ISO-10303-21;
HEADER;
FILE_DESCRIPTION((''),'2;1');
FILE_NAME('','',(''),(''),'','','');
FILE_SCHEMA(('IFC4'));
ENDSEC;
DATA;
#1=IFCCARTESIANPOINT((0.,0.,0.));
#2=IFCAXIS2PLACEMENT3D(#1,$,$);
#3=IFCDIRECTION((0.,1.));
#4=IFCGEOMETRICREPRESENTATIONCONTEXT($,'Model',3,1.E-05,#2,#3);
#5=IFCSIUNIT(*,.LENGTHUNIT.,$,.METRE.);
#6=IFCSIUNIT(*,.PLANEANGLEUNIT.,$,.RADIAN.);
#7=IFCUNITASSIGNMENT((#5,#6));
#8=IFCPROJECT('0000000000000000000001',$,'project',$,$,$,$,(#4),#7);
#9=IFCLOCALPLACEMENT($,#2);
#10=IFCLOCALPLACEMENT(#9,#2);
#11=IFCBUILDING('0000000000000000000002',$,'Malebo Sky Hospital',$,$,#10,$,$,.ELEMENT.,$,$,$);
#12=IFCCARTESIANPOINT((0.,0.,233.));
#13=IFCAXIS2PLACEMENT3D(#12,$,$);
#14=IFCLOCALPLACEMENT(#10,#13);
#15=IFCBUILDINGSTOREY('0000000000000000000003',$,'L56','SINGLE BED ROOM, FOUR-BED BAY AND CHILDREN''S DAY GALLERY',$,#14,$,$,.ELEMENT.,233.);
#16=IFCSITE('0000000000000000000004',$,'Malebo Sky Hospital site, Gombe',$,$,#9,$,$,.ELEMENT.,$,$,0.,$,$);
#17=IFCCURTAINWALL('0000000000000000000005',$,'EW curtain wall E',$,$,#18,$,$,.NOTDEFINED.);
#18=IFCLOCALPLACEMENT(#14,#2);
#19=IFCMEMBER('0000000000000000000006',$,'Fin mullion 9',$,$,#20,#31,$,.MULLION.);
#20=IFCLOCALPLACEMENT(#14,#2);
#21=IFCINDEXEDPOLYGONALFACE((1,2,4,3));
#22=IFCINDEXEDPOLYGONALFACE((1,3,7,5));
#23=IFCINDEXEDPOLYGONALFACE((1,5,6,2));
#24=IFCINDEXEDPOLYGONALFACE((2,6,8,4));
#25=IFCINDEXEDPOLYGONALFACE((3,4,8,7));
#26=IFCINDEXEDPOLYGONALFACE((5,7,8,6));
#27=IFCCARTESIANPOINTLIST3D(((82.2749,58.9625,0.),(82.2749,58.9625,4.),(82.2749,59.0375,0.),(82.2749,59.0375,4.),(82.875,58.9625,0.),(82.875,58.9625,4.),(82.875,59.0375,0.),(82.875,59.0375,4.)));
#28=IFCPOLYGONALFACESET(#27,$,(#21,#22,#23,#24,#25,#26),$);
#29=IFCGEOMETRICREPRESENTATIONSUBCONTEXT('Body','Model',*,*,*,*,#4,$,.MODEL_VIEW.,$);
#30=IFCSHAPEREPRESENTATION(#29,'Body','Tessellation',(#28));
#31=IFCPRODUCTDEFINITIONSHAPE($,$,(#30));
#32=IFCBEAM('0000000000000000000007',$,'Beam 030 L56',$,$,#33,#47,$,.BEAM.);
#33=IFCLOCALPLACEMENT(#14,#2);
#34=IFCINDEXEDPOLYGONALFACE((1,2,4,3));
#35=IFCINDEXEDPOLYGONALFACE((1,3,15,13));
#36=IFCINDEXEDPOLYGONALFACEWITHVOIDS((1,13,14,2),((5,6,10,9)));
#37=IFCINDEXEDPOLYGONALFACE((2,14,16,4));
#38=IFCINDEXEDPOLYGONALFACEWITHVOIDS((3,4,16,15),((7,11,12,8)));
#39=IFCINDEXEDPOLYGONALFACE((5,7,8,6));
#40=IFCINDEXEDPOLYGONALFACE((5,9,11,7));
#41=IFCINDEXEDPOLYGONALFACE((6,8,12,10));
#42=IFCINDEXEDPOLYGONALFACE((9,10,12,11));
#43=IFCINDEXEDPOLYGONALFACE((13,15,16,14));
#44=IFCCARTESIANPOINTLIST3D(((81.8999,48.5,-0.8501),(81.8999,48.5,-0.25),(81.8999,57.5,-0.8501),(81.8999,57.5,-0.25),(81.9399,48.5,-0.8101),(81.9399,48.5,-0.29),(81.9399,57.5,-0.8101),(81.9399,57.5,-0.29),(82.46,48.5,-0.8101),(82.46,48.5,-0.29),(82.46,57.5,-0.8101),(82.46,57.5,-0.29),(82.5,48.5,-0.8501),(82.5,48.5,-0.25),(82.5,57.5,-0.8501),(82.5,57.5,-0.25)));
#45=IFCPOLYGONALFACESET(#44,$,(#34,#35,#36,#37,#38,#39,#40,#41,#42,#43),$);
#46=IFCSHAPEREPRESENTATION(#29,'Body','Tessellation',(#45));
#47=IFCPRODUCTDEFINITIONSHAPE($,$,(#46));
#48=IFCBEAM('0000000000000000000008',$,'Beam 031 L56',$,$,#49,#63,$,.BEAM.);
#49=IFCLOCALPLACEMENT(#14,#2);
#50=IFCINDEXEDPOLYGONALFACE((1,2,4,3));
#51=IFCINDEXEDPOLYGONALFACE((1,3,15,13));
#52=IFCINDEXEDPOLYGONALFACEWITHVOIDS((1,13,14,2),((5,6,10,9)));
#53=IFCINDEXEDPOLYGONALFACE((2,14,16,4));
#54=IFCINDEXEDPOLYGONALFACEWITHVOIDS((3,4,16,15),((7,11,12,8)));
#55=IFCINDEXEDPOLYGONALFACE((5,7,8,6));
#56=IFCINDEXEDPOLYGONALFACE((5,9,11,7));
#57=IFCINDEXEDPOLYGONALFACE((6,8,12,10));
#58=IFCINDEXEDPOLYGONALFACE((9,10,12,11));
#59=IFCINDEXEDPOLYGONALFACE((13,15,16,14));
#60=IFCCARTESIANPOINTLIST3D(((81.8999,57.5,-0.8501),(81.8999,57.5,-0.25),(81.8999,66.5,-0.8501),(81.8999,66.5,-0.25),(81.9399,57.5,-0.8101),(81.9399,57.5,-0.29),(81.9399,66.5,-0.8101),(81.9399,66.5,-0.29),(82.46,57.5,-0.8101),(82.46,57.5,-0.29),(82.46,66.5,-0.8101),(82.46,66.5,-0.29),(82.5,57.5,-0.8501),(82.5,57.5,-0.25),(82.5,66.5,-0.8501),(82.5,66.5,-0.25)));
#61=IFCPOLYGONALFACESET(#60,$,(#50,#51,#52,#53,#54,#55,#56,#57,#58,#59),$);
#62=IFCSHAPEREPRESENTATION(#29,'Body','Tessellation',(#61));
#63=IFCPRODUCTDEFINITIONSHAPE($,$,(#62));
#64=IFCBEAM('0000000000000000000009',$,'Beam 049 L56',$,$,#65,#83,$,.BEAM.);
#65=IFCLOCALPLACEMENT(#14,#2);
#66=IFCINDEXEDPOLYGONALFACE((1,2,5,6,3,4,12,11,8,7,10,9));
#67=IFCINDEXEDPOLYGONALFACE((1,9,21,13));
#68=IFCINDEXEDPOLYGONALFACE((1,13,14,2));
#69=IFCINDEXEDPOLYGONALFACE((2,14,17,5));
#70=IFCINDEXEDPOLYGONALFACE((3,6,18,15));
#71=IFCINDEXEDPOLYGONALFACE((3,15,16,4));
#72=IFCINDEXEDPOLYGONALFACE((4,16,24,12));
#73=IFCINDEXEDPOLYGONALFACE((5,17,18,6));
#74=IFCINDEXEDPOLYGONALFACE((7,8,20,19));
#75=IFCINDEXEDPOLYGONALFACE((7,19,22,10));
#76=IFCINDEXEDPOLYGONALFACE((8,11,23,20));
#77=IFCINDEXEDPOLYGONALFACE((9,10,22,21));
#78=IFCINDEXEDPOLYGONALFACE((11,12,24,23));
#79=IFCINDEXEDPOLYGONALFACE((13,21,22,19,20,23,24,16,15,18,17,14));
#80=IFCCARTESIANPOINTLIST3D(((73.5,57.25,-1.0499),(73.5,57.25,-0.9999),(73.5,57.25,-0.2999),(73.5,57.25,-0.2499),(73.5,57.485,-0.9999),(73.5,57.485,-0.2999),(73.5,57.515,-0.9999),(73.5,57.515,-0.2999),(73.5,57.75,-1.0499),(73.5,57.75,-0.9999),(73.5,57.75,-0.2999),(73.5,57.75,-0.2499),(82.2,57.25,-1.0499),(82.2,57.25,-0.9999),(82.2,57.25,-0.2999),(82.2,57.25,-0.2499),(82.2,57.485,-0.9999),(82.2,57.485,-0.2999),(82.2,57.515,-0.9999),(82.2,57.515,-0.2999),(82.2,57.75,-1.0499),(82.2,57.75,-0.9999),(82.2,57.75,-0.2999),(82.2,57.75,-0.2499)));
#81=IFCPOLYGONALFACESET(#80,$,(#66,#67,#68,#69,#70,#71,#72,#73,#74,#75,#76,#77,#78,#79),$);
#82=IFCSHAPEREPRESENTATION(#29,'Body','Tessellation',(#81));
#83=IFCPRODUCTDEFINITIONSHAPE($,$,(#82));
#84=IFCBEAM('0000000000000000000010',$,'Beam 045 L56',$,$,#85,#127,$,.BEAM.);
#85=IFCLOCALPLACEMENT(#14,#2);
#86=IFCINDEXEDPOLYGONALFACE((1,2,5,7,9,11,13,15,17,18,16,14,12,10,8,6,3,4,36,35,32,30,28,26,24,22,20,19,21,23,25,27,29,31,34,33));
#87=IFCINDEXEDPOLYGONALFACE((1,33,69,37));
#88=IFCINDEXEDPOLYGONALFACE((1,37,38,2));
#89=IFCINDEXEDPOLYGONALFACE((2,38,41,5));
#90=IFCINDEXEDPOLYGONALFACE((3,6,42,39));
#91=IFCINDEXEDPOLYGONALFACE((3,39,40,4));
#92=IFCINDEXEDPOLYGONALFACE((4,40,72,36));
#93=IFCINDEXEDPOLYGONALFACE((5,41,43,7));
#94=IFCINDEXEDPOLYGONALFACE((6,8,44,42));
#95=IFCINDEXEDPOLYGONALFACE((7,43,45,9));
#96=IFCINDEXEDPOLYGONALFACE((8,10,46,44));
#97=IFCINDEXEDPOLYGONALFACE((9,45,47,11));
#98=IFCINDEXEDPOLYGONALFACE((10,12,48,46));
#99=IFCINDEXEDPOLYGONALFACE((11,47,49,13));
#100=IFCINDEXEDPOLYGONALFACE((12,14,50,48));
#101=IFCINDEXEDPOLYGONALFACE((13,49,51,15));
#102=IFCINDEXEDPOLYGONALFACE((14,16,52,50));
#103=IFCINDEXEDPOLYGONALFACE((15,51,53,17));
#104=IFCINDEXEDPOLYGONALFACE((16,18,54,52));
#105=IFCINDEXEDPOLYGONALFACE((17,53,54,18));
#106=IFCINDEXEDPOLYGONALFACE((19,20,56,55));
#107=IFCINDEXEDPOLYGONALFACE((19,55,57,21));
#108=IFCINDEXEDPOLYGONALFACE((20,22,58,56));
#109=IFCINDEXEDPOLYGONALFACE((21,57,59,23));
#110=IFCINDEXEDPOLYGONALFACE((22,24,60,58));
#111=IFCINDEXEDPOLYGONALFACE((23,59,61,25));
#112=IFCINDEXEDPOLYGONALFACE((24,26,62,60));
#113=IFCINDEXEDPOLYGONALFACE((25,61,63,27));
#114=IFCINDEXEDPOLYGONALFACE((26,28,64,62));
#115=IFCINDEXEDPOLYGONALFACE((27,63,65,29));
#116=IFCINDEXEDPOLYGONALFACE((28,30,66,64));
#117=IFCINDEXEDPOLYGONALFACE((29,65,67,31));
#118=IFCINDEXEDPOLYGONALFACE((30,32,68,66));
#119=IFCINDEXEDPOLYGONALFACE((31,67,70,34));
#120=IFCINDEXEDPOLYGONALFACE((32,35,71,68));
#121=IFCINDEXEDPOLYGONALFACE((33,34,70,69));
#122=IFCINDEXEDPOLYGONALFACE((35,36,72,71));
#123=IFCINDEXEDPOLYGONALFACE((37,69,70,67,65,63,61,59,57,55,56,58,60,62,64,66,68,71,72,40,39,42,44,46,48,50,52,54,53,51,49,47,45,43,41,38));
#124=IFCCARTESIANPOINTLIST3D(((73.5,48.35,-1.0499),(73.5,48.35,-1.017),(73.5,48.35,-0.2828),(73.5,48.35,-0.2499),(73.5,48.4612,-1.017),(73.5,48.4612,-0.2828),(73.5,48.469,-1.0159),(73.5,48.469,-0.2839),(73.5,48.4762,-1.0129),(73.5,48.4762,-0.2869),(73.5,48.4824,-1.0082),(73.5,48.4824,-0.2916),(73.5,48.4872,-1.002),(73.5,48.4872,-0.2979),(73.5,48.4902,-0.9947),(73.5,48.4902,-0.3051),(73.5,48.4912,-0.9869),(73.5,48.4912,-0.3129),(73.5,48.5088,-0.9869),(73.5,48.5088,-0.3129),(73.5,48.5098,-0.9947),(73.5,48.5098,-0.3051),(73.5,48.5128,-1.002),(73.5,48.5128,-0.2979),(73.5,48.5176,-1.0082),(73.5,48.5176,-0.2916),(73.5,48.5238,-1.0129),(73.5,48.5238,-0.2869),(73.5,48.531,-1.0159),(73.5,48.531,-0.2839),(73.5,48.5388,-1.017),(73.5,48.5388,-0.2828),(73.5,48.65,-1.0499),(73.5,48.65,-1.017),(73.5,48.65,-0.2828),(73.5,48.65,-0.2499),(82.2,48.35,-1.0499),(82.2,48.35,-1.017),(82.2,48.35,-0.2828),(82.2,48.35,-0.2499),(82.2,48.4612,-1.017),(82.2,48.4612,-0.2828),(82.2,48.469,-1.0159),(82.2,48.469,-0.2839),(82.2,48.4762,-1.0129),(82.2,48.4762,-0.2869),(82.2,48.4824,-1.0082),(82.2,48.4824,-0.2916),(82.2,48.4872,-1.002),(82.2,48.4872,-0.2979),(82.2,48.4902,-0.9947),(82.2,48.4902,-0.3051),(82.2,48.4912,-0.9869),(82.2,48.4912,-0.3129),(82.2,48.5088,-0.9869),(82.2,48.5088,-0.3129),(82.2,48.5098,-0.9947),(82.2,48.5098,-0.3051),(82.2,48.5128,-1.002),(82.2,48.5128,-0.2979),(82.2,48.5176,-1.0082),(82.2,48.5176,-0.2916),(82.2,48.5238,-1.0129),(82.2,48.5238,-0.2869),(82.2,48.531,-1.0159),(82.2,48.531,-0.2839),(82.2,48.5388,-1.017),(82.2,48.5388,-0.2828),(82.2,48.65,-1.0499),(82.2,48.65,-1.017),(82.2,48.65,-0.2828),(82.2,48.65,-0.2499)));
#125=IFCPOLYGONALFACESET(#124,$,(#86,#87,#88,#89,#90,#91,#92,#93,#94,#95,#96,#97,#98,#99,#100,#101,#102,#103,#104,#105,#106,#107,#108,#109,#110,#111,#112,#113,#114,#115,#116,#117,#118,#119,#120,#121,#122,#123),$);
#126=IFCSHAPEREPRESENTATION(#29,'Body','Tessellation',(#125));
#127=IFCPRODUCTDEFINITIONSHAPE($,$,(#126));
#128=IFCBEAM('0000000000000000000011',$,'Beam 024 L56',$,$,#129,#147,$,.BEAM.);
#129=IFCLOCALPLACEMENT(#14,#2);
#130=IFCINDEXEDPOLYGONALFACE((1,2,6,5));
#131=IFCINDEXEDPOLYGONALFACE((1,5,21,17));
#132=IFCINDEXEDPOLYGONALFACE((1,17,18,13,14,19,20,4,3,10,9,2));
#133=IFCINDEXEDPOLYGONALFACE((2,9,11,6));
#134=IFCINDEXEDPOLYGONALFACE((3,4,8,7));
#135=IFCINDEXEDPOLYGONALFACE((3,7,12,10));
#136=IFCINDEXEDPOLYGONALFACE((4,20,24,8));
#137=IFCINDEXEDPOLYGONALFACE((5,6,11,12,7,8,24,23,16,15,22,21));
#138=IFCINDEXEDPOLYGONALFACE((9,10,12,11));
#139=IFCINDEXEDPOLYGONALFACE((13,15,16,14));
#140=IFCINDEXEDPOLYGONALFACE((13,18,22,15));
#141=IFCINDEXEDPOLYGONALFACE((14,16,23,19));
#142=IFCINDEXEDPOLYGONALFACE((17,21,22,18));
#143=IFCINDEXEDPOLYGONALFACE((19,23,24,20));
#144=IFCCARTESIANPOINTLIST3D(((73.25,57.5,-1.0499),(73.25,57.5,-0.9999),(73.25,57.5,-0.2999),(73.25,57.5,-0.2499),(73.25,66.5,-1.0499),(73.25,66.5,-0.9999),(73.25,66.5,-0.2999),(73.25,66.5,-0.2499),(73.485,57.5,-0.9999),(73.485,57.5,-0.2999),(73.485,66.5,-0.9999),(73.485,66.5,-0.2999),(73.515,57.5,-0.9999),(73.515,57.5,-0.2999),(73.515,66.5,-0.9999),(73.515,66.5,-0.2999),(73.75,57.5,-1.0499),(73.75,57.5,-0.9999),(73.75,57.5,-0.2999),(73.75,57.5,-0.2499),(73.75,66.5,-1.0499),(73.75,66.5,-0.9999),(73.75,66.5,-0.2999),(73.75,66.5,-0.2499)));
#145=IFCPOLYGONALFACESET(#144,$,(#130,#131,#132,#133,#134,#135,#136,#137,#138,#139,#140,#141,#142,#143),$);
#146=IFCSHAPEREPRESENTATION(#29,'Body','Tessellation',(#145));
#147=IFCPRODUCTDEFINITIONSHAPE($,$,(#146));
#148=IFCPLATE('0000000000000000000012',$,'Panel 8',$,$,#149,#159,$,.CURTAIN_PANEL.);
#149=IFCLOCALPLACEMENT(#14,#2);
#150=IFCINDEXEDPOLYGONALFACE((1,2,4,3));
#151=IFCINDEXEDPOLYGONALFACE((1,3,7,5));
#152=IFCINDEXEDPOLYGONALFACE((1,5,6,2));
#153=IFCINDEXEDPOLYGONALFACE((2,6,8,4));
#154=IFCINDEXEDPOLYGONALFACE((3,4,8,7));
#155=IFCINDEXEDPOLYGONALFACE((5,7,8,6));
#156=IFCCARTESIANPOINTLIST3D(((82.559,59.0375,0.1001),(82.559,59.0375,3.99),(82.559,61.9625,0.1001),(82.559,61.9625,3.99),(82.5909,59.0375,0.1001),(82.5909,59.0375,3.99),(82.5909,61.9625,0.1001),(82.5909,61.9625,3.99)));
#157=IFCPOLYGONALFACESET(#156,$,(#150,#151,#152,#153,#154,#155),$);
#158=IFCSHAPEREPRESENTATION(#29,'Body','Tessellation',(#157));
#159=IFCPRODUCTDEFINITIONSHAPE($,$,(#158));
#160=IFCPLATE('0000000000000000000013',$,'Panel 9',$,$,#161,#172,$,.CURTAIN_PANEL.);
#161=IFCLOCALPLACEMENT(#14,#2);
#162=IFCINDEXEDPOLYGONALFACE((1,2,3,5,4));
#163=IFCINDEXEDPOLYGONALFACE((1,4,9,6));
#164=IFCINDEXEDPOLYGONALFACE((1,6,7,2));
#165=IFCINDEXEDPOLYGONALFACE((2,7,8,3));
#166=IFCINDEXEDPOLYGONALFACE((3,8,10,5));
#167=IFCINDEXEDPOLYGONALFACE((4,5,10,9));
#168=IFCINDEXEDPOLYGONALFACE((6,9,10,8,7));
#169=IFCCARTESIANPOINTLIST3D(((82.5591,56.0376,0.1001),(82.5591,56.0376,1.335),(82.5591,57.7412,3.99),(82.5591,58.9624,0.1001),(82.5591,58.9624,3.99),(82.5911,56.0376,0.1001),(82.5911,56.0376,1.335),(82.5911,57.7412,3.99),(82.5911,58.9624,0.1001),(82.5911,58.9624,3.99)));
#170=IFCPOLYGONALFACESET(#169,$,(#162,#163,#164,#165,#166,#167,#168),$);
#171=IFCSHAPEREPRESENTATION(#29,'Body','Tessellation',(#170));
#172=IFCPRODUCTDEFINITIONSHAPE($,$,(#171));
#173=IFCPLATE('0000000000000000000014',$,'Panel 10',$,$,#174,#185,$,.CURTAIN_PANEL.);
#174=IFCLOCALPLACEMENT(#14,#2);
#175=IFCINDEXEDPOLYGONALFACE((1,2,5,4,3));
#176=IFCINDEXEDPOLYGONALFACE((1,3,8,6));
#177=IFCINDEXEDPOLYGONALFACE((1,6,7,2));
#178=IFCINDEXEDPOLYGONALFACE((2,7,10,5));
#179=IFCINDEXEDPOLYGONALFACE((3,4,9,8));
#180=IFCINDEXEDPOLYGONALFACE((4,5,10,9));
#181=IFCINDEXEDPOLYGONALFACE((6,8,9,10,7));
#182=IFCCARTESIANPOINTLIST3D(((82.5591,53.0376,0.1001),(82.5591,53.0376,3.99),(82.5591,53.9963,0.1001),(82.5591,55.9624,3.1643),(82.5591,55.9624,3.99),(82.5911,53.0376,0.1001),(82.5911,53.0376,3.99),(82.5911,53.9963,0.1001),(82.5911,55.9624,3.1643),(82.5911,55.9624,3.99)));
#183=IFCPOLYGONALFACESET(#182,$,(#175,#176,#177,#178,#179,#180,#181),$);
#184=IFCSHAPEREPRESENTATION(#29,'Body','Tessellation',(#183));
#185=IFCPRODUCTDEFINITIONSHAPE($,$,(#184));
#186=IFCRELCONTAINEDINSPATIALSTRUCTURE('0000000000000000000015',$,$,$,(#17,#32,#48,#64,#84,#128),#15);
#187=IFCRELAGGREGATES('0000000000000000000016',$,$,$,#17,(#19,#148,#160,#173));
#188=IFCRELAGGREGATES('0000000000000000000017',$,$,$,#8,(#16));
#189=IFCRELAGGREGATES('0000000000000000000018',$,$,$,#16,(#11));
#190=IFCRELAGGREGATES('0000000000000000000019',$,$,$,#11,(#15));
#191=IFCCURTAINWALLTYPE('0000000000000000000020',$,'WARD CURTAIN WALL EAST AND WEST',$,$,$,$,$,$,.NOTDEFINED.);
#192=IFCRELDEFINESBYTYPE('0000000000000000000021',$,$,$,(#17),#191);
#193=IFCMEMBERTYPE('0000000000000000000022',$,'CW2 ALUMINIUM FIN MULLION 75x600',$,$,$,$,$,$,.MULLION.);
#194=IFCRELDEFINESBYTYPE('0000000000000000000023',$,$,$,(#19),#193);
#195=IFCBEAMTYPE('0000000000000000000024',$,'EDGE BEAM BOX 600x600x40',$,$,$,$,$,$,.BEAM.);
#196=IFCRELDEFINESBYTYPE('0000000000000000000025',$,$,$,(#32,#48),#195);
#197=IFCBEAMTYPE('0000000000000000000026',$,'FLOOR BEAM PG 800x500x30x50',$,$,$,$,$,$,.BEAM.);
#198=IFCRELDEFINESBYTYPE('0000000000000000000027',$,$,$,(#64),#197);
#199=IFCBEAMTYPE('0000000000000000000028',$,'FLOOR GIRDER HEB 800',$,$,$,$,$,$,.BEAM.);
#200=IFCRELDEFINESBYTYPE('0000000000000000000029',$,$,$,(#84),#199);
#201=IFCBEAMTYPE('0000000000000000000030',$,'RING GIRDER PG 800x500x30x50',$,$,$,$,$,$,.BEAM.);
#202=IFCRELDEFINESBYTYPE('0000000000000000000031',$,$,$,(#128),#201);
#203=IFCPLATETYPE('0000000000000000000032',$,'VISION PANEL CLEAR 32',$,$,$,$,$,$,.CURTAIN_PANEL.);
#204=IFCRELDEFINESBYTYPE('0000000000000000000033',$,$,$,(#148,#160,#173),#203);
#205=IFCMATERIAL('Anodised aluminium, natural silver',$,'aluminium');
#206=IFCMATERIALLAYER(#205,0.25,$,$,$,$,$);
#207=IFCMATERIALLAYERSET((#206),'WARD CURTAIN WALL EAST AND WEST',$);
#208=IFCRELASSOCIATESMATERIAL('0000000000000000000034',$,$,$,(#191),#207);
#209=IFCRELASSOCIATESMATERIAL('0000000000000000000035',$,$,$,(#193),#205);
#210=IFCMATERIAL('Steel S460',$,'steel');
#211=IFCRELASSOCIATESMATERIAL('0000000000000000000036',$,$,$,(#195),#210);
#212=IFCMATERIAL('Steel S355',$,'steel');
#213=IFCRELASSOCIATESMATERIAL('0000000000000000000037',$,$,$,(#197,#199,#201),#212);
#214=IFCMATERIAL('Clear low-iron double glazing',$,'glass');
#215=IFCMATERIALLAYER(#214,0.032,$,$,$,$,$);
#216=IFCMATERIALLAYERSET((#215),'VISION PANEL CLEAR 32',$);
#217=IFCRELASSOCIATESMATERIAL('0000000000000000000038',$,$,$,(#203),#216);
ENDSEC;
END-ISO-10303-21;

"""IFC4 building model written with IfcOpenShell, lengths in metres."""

from ifc_helpers import new_model, si_unit, direction, frame, origin, origin_2d, place, context, subcontext, project, spatial, polyline, rectangle, hollow_rectangle, i_section, outline, extrude, material, layer, layer_set, material_profile, profile_set, type_object, element, aggregate, save


model = new_model("IFC4")

# Units and contexts
model_context = context("Model", 3, precision=1e-05, world=origin(), true_north=direction((0.0, 1.0)))
body_context = subcontext(model_context, "Body", "Model", "MODEL_VIEW")
ifc_project = project(units=[si_unit("LENGTHUNIT", "METRE"), si_unit("PLANEANGLEUNIT", "RADIAN")], contexts=[model_context])

# Site, building, storey
site_placement = place(None, origin())
site = spatial("IfcSite", under=ifc_project, at=site_placement, Name="Malebo Sky Hospital site, Gombe", CompositionType="ELEMENT", RefElevation=0.0)
building_placement = place(site_placement, origin())
building = spatial("IfcBuilding", under=site, at=building_placement, Name="Malebo Sky Hospital", CompositionType="ELEMENT")
storey_placement = place(building_placement, frame((0.0, 0.0, 233.0)))
storey = spatial("IfcBuildingStorey", under=building, at=storey_placement, Name="L56", Description="SINGLE BED ROOM, FOUR-BED BAY AND CHILDREN'S DAY GALLERY", CompositionType="ELEMENT", Elevation=233.0)

# Shared definitions
ifc_material_1 = material(Name="Steel S460", Category="steel")

# Curtain wall
ifc_material_2 = material(Name="Anodised aluminium, natural silver", Category="aluminium")
ifc_layer_1 = layer(ifc_material_2, 0.25)
ifc_layer_set_1 = layer_set([ifc_layer_1], Name="WARD CURTAIN WALL EAST AND WEST")
curtain_wall_type = type_object("IfcCurtainWallType", Name="WARD CURTAIN WALL EAST AND WEST", PredefinedType="NOTDEFINED", material=ifc_layer_set_1)
curtain_wall_placement = place(storey_placement, origin())
curtain_wall = element("IfcCurtainWall", 1, at=curtain_wall_placement, inside=storey, type_object=curtain_wall_type, Name="EW curtain wall E", PredefinedType="NOTDEFINED")

# Member
ifc_material_3 = material(Name="Steel S355", Category="steel")
ifc_material_profile_1 = material_profile(ifc_material_2, rectangle(XDim=0.075, YDim=0.6001, at=origin_2d()), Name="CW2 ALUMINIUM FIN MULLION 75x600")
ifc_profile_set_1 = profile_set([ifc_material_profile_1], Name="Anodised aluminium, natural silver")
member_type_1 = type_object("IfcMemberType", Name="CW2 ALUMINIUM FIN MULLION 75x600", PredefinedType="MULLION", material=ifc_profile_set_1)
member_1_placement = place(storey_placement, frame((82.575, 59.0, 0.0), z_axis=(0.0, 0.0, 1.0), x_axis=(0.0, -1.0, 0.0)))
member_1 = element("IfcMember", 2, at=member_1_placement, type_object=member_type_1, Name="Fin mullion 9", PredefinedType="MULLION", context=body_context, shape_type="SweptSolid", body=[
    extrude(rectangle(XDim=0.075, YDim=0.6001, at=origin_2d()), origin(), (0.0, 0.0, 1.0), 4.0),
])

# Beams
ifc_material_profile_2 = material_profile(ifc_material_1, hollow_rectangle(XDim=0.6001, YDim=0.6001, WallThickness=0.04, at=origin_2d()), Name="BOX 600x600x40")
ifc_profile_set_2 = profile_set([ifc_material_profile_2], Name="Steel S460")
beam_type_1 = type_object("IfcBeamType", Name="EDGE BEAM BOX 600x600x40", PredefinedType="BEAM", material=ifc_profile_set_2)
for number, where, z_axis, x_axis, name in (
    (3, (82.2, 48.5, -0.55), (0.0, 1.0, 0.0), (-1.0, 0.0, 0.0), "Beam 030 L56"),
    (4, (82.2, 57.5, -0.55), (0.0, 1.0, 0.0), (-1.0, 0.0, 0.0), "Beam 031 L56"),
):
    element("IfcBeam", number, at=place(storey_placement, frame(where, z_axis=z_axis, x_axis=x_axis)), inside=storey, type_object=beam_type_1, Name=name, PredefinedType="BEAM", context=body_context, shape_type="SweptSolid", body=[
        extrude(hollow_rectangle(XDim=0.6001, YDim=0.6001, WallThickness=0.04, at=origin_2d()), origin(), (0.0, 0.0, 1.0), 9.0),
    ])
ifc_material_profile_3 = material_profile(ifc_material_3, i_section(OverallWidth=0.5, OverallDepth=0.8, WebThickness=0.03, FlangeThickness=0.05, at=origin_2d()), Name="PG 800x500x30x50")
ifc_profile_set_3 = profile_set([ifc_material_profile_3], Name="Steel S355")
beam_type_2 = type_object("IfcBeamType", Name="FLOOR BEAM PG 800x500x30x50", PredefinedType="BEAM", material=ifc_profile_set_3)
beam_1_placement = place(storey_placement, frame((73.5, 57.5, -0.6499), z_axis=(1.0, 0.0, 0.0), x_axis=(0.0, 1.0, 0.0)))
element("IfcBeam", 5, at=beam_1_placement, inside=storey, type_object=beam_type_2, Name="Beam 049 L56", PredefinedType="BEAM", context=body_context, shape_type="SweptSolid", body=[
    extrude(i_section(OverallWidth=0.5, OverallDepth=0.8, WebThickness=0.03, FlangeThickness=0.05, at=origin_2d()), origin(), (0.0, 0.0, 1.0), 8.7),
])
ifc_material_profile_4 = material_profile(ifc_material_3, i_section(OverallWidth=0.3, OverallDepth=0.8, WebThickness=0.0176, FlangeThickness=0.033, FilletRadius=0.03, at=origin_2d()), Name="HEB 800")
ifc_profile_set_4 = profile_set([ifc_material_profile_4], Name="Steel S355")
beam_type_3 = type_object("IfcBeamType", Name="FLOOR GIRDER HEB 800", PredefinedType="BEAM", material=ifc_profile_set_4)
beam_2_placement = place(storey_placement, frame((73.5, 48.5, -0.6499), z_axis=(1.0, 0.0, 0.0), x_axis=(0.0, 1.0, 0.0)))
element("IfcBeam", 6, at=beam_2_placement, inside=storey, type_object=beam_type_3, Name="Beam 045 L56", PredefinedType="BEAM", context=body_context, shape_type="SweptSolid", body=[
    extrude(i_section(OverallWidth=0.3, OverallDepth=0.8, WebThickness=0.0176, FlangeThickness=0.033, FilletRadius=0.03, at=origin_2d()), origin(), (0.0, 0.0, 1.0), 8.7),
])
ifc_material_profile_5 = material_profile(ifc_material_3, i_section(OverallWidth=0.5, OverallDepth=0.8, WebThickness=0.03, FlangeThickness=0.05, at=origin_2d()), Name="PG 800x500x30x50")
ifc_profile_set_5 = profile_set([ifc_material_profile_5], Name="Steel S355")
beam_type_4 = type_object("IfcBeamType", Name="RING GIRDER PG 800x500x30x50", PredefinedType="BEAM", material=ifc_profile_set_5)
beam_3_placement = place(storey_placement, frame((73.5, 57.5, -0.6499), z_axis=(0.0, 1.0, 0.0), x_axis=(-1.0, 0.0, 0.0)))
element("IfcBeam", 7, at=beam_3_placement, inside=storey, type_object=beam_type_4, Name="Beam 024 L56", PredefinedType="BEAM", context=body_context, shape_type="SweptSolid", body=[
    extrude(i_section(OverallWidth=0.5, OverallDepth=0.8, WebThickness=0.03, FlangeThickness=0.05, at=origin_2d()), origin(), (0.0, 0.0, 1.0), 9.0),
])

# Plates
ifc_material_4 = material(Name="Clear low-iron double glazing", Category="glass")
ifc_layer_2 = layer(ifc_material_4, 0.032)
ifc_layer_set_2 = layer_set([ifc_layer_2], Name="VISION PANEL CLEAR 32")
plate_type = type_object("IfcPlateType", Name="VISION PANEL CLEAR 32", PredefinedType="CURTAIN_PANEL", material=ifc_layer_set_2)
plate_1_placement = place(storey_placement, frame((82.575, 60.5, 0.1001), z_axis=(0.0, 0.0, 1.0), x_axis=(0.0, -1.0, 0.0)))
plate_1 = element("IfcPlate", 8, at=plate_1_placement, type_object=plate_type, Name="Panel 8", PredefinedType="CURTAIN_PANEL", context=body_context, shape_type="SweptSolid", body=[
    extrude(rectangle(XDim=2.925, YDim=0.032, at=origin_2d()), origin(), (0.0, 0.0, 1.0), 3.8899),
])
plate_2_placement = place(storey_placement, frame((82.575, 57.5, 0.1001), z_axis=(0.0, 0.0, 1.0), x_axis=(0.0, -1.0, 0.0)))
plate_2 = element("IfcPlate", 9, at=plate_2_placement, type_object=plate_type, Name="Panel 9", PredefinedType="CURTAIN_PANEL", context=body_context, shape_type="SweptSolid", body=[
    extrude(outline(polyline([(-1.4624, 0.0), (1.4624, 0.0), (1.4624, 1.2349), (-0.2412, 3.8899), (-1.4624, 3.8899), (-1.4624, 0.0)])), frame((0.0, 0.0161, 0.0), z_axis=(0.0, -1.0, 0.0), x_axis=(1.0, 0.0, 0.0)), (0.0, 0.0, 1.0), 0.032),
])
plate_3_placement = place(storey_placement, frame((82.575, 54.5, 0.1001), z_axis=(0.0, 0.0, 1.0), x_axis=(0.0, -1.0, 0.0)))
plate_3 = element("IfcPlate", 10, at=plate_3_placement, type_object=plate_type, Name="Panel 10", PredefinedType="CURTAIN_PANEL", context=body_context, shape_type="SweptSolid", body=[
    extrude(outline(polyline([(0.5037, 0.0), (1.4624, 0.0), (1.4624, 3.8899), (-1.4624, 3.8899), (-1.4624, 3.0642), (0.5037, 0.0)])), frame((0.0, 0.0161, 0.0), z_axis=(0.0, -1.0, 0.0), x_axis=(1.0, 0.0, 0.0)), (0.0, 0.0, 1.0), 0.032),
])
aggregate(curtain_wall, [member_1, plate_1, plate_2, plate_3])

save(model, "model.ifc")
